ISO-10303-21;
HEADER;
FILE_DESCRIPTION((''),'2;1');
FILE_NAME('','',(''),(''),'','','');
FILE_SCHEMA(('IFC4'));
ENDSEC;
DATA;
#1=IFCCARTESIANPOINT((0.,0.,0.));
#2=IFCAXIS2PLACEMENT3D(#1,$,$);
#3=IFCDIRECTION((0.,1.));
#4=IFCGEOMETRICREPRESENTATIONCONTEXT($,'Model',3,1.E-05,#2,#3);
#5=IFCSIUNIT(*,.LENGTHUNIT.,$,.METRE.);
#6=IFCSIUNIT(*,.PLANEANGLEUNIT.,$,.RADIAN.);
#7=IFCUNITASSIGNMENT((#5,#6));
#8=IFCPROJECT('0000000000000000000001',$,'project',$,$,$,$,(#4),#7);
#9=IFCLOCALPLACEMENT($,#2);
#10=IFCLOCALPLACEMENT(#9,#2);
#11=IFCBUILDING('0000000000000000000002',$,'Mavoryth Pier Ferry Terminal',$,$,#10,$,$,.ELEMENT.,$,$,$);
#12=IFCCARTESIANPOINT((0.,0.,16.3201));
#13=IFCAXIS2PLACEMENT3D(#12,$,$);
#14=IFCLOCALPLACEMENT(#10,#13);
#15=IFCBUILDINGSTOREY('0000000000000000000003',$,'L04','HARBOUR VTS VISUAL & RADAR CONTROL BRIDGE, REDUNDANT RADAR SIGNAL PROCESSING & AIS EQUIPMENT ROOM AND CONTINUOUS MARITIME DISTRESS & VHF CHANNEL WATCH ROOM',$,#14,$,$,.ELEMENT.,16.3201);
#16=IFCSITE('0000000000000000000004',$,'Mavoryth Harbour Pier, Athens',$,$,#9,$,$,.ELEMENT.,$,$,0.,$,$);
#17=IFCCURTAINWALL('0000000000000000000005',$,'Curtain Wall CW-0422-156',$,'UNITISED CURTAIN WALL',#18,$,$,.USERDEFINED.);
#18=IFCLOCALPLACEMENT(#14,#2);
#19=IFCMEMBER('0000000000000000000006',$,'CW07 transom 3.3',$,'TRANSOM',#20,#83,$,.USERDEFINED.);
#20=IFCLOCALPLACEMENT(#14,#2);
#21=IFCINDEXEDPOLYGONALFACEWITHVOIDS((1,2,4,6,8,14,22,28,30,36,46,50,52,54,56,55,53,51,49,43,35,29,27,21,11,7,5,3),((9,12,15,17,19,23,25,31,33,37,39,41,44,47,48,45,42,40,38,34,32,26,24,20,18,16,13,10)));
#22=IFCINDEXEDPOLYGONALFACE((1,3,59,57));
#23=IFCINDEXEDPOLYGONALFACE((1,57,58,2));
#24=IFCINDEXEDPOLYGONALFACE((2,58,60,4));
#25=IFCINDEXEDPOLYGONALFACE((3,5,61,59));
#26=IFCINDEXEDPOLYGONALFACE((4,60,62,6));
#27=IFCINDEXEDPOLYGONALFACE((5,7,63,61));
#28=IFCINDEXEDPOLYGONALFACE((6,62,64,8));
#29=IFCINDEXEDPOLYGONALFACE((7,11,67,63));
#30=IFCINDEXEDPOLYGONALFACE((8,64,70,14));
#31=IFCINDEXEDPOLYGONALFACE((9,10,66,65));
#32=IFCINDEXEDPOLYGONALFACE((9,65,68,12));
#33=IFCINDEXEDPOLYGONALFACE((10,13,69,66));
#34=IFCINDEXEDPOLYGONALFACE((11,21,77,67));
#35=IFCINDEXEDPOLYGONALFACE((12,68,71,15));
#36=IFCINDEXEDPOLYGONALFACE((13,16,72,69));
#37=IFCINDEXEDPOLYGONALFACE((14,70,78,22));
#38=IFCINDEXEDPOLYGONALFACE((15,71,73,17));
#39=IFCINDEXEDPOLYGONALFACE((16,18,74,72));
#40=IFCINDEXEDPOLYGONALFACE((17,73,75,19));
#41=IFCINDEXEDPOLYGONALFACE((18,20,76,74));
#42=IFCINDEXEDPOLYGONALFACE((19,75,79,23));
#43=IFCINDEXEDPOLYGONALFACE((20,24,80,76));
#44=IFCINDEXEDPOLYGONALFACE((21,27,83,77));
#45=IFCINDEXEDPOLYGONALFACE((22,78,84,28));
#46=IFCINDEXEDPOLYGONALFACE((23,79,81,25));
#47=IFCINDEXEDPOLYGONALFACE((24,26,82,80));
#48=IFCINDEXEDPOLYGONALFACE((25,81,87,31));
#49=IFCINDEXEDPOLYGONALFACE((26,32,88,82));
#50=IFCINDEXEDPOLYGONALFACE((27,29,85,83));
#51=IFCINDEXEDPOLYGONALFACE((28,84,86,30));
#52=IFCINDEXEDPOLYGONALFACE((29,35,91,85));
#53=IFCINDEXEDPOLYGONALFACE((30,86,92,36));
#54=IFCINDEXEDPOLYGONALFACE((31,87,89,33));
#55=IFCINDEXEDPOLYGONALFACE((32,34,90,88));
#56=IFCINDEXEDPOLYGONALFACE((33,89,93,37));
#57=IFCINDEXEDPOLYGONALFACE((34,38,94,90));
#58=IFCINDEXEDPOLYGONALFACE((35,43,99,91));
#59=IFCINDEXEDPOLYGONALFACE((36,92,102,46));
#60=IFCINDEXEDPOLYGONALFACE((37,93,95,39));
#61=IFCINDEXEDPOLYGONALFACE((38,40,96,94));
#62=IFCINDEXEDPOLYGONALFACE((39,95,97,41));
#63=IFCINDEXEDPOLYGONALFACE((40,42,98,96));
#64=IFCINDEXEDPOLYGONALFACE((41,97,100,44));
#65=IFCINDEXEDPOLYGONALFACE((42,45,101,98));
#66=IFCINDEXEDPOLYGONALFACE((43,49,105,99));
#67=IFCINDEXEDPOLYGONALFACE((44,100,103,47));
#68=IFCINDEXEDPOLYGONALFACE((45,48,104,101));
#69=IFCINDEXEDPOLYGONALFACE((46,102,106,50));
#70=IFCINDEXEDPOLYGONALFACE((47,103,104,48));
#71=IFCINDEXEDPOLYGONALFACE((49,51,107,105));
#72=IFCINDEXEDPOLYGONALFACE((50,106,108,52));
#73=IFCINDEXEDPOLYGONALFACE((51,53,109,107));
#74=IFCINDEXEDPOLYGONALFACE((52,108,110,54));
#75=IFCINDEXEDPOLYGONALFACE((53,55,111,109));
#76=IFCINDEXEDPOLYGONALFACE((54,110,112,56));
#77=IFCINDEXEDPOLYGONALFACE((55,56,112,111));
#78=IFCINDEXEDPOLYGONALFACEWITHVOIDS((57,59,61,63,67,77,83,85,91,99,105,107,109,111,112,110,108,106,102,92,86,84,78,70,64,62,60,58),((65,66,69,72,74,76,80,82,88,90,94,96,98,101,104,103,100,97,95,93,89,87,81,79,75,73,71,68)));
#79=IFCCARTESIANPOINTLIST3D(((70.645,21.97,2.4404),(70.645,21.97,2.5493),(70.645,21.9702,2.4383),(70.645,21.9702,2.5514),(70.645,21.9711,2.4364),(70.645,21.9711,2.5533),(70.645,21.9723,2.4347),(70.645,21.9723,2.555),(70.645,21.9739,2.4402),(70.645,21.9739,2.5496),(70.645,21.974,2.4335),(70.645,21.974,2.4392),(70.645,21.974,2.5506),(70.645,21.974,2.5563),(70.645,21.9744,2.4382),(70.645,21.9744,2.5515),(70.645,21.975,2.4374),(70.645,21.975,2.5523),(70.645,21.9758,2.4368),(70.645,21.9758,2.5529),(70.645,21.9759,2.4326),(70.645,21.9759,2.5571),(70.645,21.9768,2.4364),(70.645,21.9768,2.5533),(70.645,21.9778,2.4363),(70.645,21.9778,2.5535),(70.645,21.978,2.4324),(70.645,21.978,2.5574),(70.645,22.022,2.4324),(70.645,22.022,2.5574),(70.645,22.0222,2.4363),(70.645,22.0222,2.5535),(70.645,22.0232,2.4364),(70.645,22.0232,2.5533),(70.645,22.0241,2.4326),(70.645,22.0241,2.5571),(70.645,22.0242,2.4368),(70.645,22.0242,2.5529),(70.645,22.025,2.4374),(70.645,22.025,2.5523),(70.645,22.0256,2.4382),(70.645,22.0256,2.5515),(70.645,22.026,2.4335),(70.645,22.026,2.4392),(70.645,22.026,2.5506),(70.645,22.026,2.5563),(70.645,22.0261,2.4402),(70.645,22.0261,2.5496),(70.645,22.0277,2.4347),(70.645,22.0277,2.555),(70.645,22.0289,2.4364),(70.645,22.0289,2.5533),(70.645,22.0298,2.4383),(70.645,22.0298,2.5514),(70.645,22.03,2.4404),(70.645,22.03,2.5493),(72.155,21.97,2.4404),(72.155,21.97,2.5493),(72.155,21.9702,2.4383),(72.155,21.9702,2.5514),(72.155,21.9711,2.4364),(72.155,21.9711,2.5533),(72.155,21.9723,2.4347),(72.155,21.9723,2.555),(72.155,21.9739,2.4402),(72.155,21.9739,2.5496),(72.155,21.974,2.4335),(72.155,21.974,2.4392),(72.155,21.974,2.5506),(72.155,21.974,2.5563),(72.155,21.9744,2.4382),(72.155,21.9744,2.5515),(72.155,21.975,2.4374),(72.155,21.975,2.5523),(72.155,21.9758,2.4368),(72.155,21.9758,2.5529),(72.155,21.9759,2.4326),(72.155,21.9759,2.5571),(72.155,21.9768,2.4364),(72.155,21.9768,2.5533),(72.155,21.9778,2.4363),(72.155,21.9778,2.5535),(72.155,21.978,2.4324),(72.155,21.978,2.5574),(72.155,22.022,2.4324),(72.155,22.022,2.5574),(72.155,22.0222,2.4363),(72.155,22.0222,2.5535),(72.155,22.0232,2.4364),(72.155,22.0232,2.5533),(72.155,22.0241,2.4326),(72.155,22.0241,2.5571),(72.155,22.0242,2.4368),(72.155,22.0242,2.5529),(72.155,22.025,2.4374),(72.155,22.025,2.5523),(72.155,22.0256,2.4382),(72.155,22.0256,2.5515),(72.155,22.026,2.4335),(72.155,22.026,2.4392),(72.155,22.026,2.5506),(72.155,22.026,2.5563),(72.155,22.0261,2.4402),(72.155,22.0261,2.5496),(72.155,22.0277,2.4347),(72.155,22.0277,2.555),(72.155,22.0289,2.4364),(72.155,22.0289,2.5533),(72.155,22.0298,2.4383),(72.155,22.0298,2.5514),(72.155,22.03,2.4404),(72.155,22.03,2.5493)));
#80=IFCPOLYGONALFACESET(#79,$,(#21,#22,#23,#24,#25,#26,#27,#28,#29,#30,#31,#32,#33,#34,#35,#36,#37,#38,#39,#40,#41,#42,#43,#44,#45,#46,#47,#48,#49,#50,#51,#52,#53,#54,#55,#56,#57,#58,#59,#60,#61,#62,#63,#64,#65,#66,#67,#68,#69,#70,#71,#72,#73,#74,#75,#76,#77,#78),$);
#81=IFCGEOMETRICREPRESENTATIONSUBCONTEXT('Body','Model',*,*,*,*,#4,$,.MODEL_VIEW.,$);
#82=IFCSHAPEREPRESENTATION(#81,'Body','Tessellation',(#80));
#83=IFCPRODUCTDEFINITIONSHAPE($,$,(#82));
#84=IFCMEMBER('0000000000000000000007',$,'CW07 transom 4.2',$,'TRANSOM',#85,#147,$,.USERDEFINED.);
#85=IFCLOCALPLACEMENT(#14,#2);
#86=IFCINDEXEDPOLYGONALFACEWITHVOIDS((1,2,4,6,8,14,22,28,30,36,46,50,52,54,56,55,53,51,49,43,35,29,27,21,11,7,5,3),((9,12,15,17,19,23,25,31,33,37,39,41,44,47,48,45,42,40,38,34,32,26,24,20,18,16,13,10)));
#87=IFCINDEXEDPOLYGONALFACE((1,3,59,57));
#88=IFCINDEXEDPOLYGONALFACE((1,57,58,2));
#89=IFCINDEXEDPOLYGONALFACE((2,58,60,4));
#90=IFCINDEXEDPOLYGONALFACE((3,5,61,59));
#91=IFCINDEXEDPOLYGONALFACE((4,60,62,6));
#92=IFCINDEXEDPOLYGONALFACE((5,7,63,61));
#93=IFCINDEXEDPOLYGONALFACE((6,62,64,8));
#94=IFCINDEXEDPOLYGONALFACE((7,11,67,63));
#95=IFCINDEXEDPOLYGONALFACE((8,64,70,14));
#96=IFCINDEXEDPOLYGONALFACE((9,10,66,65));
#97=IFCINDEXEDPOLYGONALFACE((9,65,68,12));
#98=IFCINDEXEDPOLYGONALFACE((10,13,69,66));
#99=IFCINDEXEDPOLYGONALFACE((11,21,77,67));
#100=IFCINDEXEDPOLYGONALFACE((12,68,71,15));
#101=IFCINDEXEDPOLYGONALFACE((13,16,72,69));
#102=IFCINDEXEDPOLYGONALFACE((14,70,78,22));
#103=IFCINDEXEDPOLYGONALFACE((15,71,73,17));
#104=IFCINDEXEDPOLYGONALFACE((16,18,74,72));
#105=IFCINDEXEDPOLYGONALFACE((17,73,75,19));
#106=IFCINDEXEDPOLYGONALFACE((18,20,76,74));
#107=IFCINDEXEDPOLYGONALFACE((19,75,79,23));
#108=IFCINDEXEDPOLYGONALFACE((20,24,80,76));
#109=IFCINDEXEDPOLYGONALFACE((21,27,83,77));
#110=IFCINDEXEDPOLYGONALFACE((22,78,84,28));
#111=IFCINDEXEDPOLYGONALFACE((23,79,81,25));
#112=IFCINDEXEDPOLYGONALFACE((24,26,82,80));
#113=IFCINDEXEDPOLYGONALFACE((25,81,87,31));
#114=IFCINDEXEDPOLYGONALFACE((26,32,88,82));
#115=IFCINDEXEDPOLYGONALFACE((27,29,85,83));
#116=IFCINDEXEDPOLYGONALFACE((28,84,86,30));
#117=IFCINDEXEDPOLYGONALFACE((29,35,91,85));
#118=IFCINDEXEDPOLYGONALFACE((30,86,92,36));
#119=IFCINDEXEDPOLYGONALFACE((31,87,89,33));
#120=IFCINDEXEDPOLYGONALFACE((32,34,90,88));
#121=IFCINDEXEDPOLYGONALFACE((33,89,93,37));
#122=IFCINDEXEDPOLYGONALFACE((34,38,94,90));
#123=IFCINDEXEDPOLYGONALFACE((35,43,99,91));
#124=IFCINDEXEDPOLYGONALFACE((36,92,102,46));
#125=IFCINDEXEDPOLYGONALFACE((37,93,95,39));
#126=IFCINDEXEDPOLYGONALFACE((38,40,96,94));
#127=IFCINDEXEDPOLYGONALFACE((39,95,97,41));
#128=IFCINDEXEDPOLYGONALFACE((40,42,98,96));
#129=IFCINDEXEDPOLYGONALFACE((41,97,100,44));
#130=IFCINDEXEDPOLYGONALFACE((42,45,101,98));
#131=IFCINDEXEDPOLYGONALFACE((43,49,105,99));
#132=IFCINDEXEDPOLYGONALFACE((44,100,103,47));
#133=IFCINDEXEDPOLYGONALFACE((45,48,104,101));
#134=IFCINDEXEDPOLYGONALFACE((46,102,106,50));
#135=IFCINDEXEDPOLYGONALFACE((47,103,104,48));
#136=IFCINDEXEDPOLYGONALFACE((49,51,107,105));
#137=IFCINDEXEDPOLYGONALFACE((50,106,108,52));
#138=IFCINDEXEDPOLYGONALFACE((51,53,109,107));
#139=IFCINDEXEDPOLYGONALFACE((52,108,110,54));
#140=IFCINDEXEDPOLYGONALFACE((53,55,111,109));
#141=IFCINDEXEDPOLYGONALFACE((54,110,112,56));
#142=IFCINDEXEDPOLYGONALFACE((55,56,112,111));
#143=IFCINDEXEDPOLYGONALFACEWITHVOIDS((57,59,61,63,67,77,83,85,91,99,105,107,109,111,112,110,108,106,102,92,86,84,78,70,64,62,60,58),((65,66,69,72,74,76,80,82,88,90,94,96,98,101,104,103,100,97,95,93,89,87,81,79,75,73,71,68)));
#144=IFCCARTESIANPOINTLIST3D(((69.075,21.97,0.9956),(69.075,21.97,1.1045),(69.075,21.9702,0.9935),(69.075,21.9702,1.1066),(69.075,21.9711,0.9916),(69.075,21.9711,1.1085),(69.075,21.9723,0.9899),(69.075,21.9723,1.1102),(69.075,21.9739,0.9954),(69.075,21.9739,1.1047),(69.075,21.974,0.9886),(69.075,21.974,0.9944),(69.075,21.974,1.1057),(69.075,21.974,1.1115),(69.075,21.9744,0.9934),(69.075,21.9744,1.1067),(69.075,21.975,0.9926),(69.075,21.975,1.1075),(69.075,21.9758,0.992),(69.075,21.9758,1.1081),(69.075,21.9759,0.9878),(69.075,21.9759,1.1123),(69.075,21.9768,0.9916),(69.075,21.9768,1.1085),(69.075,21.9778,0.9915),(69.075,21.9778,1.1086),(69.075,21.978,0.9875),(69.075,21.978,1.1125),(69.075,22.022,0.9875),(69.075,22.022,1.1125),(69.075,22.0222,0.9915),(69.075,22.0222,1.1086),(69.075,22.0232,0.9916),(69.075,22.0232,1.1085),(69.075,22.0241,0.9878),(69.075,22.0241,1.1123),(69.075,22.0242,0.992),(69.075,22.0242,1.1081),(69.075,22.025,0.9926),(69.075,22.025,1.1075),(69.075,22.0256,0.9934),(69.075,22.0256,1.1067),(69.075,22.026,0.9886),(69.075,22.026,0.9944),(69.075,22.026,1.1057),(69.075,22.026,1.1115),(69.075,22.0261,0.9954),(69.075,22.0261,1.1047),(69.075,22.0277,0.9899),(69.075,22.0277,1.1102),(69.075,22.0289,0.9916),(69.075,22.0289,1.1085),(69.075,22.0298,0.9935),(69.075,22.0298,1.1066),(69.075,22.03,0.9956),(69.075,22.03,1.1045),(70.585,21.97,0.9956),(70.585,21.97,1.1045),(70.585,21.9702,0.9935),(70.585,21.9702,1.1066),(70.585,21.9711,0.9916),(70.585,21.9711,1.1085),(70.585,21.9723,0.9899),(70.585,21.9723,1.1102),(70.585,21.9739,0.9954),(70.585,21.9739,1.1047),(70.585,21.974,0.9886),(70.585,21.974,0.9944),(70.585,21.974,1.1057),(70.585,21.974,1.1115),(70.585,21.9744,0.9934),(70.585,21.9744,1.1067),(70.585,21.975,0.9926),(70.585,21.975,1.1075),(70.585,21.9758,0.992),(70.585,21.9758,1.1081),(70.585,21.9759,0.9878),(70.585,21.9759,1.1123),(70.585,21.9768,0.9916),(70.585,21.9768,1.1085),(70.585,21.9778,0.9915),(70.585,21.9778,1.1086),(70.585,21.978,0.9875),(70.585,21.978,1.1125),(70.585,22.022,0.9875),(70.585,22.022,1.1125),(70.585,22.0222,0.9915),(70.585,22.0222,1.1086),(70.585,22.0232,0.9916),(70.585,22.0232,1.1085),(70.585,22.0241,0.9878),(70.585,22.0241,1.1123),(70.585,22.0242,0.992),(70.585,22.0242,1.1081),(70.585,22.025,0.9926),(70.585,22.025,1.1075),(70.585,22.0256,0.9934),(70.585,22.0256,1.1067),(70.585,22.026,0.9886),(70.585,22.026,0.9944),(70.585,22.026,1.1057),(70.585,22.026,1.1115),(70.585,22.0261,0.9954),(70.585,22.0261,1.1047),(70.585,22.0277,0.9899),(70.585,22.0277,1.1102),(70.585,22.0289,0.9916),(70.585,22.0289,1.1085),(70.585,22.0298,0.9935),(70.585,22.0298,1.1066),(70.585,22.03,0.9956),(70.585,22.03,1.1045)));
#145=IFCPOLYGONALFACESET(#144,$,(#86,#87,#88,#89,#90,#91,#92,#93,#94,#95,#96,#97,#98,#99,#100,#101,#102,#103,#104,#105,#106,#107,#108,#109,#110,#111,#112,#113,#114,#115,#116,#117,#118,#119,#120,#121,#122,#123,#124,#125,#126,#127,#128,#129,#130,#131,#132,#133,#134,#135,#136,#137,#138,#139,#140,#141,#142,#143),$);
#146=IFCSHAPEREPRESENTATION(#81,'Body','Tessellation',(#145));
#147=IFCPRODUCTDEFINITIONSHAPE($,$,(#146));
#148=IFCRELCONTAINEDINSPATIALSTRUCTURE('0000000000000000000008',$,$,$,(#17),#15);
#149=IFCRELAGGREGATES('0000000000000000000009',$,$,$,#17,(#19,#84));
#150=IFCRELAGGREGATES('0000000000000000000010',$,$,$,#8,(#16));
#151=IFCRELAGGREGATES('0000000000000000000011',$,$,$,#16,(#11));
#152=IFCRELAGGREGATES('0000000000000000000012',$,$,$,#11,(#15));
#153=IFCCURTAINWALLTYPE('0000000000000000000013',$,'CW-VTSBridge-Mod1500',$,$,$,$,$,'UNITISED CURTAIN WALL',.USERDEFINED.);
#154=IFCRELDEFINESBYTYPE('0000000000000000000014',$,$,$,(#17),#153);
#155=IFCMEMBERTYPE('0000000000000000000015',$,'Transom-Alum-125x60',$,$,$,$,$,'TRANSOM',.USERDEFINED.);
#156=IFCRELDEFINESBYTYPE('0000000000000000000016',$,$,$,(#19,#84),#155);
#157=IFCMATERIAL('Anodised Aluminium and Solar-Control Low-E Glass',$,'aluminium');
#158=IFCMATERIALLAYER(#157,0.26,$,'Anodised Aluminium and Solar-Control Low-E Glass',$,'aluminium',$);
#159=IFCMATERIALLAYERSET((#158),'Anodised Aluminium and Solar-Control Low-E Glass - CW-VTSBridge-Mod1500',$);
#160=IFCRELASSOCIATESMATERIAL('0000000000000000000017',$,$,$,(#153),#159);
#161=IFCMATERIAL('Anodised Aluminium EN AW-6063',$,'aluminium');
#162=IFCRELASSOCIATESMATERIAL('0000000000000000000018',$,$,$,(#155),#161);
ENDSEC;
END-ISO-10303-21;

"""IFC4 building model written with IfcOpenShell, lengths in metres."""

from ifc_helpers import new_model, si_unit, direction, frame, origin, origin_2d, place, context, subcontext, project, spatial, hollow_rectangle, extrude, material, layer, layer_set, material_profile, profile_set, type_object, element, aggregate, save


model = new_model("IFC4")

# Units and contexts
model_context = context("Model", 3, precision=1e-05, world=origin(), true_north=direction((0.0, 1.0)))
body_context = subcontext(model_context, "Body", "Model", "MODEL_VIEW")
ifc_project = project(units=[si_unit("LENGTHUNIT", "METRE"), si_unit("PLANEANGLEUNIT", "RADIAN")], contexts=[model_context])

# Site, building, storey
site_placement = place(None, origin())
site = spatial("IfcSite", under=ifc_project, at=site_placement, Name="Mavoryth Harbour Pier, Athens", CompositionType="ELEMENT", RefElevation=0.0)
building_placement = place(site_placement, origin())
building = spatial("IfcBuilding", under=site, at=building_placement, Name="Mavoryth Pier Ferry Terminal", CompositionType="ELEMENT")
storey_placement = place(building_placement, frame((0.0, 0.0, 16.3201)))
storey = spatial("IfcBuildingStorey", under=building, at=storey_placement, Name="L04", Description="HARBOUR VTS VISUAL & RADAR CONTROL BRIDGE, REDUNDANT RADAR SIGNAL PROCESSING & AIS EQUIPMENT ROOM AND CONTINUOUS MARITIME DISTRESS & VHF CHANNEL WATCH ROOM", CompositionType="ELEMENT", Elevation=16.3201)

# Curtain wall, members
ifc_material_1 = material(Name="Anodised Aluminium and Solar-Control Low-E Glass", Category="aluminium")
ifc_layer_1 = layer(ifc_material_1, 0.26, Name="Anodised Aluminium and Solar-Control Low-E Glass", Category="aluminium")
ifc_layer_set_1 = layer_set([ifc_layer_1], Name="Anodised Aluminium and Solar-Control Low-E Glass - CW-VTSBridge-Mod1500")
curtain_wall_type = type_object("IfcCurtainWallType", Name="CW-VTSBridge-Mod1500", ElementType="UNITISED CURTAIN WALL", PredefinedType="USERDEFINED", material=ifc_layer_set_1)
curtain_wall_placement = place(storey_placement, origin())
curtain_wall = element("IfcCurtainWall", 1, at=curtain_wall_placement, inside=storey, type_object=curtain_wall_type, Name="Curtain Wall CW-0422-156", ObjectType="UNITISED CURTAIN WALL", PredefinedType="USERDEFINED")
ifc_material_2 = material(Name="Anodised Aluminium EN AW-6063", Category="aluminium")
ifc_material_profile_1 = material_profile(ifc_material_2, hollow_rectangle(XDim=0.0601, YDim=0.125, WallThickness=0.0039, InnerFilletRadius=0.0039, OuterFilletRadius=0.0081, at=origin_2d()), Name="AL-TRAN 125x60x4", Category="aluminium")
ifc_profile_set_1 = profile_set([ifc_material_profile_1], Name="Anodised Aluminium EN AW-6063 - AL-TRAN 125x60x4")
member_type_1 = type_object("IfcMemberType", Name="Transom-Alum-125x60", ElementType="TRANSOM", PredefinedType="USERDEFINED", material=ifc_profile_set_1)
member_1_placement = place(storey_placement, frame((72.155, 22.0, 2.4949), z_axis=(-1.0, 0.0, 0.0), x_axis=(0.0, -1.0, 0.0)))
member_1 = element("IfcMember", 2, at=member_1_placement, type_object=member_type_1, Name="CW07 transom 3.3", ObjectType="TRANSOM", PredefinedType="USERDEFINED", context=body_context, shape_type="SweptSolid", body=[
    extrude(hollow_rectangle(XDim=0.0601, YDim=0.125, WallThickness=0.0039, InnerFilletRadius=0.0039, OuterFilletRadius=0.0081, at=origin_2d()), origin(), (0.0, 0.0, 1.0), 1.51),
])
member_2_placement = place(storey_placement, frame((70.585, 22.0, 1.05), z_axis=(-1.0, 0.0, 0.0), x_axis=(0.0, -1.0, 0.0)))
member_2 = element("IfcMember", 3, at=member_2_placement, type_object=member_type_1, Name="CW07 transom 4.2", ObjectType="TRANSOM", PredefinedType="USERDEFINED", context=body_context, shape_type="SweptSolid", body=[
    extrude(hollow_rectangle(XDim=0.0601, YDim=0.125, WallThickness=0.0039, InnerFilletRadius=0.0039, OuterFilletRadius=0.0081, at=origin_2d()), origin(), (0.0, 0.0, 1.0), 1.51),
])
aggregate(curtain_wall, [member_1, member_2])

save(model, "model.ifc")
